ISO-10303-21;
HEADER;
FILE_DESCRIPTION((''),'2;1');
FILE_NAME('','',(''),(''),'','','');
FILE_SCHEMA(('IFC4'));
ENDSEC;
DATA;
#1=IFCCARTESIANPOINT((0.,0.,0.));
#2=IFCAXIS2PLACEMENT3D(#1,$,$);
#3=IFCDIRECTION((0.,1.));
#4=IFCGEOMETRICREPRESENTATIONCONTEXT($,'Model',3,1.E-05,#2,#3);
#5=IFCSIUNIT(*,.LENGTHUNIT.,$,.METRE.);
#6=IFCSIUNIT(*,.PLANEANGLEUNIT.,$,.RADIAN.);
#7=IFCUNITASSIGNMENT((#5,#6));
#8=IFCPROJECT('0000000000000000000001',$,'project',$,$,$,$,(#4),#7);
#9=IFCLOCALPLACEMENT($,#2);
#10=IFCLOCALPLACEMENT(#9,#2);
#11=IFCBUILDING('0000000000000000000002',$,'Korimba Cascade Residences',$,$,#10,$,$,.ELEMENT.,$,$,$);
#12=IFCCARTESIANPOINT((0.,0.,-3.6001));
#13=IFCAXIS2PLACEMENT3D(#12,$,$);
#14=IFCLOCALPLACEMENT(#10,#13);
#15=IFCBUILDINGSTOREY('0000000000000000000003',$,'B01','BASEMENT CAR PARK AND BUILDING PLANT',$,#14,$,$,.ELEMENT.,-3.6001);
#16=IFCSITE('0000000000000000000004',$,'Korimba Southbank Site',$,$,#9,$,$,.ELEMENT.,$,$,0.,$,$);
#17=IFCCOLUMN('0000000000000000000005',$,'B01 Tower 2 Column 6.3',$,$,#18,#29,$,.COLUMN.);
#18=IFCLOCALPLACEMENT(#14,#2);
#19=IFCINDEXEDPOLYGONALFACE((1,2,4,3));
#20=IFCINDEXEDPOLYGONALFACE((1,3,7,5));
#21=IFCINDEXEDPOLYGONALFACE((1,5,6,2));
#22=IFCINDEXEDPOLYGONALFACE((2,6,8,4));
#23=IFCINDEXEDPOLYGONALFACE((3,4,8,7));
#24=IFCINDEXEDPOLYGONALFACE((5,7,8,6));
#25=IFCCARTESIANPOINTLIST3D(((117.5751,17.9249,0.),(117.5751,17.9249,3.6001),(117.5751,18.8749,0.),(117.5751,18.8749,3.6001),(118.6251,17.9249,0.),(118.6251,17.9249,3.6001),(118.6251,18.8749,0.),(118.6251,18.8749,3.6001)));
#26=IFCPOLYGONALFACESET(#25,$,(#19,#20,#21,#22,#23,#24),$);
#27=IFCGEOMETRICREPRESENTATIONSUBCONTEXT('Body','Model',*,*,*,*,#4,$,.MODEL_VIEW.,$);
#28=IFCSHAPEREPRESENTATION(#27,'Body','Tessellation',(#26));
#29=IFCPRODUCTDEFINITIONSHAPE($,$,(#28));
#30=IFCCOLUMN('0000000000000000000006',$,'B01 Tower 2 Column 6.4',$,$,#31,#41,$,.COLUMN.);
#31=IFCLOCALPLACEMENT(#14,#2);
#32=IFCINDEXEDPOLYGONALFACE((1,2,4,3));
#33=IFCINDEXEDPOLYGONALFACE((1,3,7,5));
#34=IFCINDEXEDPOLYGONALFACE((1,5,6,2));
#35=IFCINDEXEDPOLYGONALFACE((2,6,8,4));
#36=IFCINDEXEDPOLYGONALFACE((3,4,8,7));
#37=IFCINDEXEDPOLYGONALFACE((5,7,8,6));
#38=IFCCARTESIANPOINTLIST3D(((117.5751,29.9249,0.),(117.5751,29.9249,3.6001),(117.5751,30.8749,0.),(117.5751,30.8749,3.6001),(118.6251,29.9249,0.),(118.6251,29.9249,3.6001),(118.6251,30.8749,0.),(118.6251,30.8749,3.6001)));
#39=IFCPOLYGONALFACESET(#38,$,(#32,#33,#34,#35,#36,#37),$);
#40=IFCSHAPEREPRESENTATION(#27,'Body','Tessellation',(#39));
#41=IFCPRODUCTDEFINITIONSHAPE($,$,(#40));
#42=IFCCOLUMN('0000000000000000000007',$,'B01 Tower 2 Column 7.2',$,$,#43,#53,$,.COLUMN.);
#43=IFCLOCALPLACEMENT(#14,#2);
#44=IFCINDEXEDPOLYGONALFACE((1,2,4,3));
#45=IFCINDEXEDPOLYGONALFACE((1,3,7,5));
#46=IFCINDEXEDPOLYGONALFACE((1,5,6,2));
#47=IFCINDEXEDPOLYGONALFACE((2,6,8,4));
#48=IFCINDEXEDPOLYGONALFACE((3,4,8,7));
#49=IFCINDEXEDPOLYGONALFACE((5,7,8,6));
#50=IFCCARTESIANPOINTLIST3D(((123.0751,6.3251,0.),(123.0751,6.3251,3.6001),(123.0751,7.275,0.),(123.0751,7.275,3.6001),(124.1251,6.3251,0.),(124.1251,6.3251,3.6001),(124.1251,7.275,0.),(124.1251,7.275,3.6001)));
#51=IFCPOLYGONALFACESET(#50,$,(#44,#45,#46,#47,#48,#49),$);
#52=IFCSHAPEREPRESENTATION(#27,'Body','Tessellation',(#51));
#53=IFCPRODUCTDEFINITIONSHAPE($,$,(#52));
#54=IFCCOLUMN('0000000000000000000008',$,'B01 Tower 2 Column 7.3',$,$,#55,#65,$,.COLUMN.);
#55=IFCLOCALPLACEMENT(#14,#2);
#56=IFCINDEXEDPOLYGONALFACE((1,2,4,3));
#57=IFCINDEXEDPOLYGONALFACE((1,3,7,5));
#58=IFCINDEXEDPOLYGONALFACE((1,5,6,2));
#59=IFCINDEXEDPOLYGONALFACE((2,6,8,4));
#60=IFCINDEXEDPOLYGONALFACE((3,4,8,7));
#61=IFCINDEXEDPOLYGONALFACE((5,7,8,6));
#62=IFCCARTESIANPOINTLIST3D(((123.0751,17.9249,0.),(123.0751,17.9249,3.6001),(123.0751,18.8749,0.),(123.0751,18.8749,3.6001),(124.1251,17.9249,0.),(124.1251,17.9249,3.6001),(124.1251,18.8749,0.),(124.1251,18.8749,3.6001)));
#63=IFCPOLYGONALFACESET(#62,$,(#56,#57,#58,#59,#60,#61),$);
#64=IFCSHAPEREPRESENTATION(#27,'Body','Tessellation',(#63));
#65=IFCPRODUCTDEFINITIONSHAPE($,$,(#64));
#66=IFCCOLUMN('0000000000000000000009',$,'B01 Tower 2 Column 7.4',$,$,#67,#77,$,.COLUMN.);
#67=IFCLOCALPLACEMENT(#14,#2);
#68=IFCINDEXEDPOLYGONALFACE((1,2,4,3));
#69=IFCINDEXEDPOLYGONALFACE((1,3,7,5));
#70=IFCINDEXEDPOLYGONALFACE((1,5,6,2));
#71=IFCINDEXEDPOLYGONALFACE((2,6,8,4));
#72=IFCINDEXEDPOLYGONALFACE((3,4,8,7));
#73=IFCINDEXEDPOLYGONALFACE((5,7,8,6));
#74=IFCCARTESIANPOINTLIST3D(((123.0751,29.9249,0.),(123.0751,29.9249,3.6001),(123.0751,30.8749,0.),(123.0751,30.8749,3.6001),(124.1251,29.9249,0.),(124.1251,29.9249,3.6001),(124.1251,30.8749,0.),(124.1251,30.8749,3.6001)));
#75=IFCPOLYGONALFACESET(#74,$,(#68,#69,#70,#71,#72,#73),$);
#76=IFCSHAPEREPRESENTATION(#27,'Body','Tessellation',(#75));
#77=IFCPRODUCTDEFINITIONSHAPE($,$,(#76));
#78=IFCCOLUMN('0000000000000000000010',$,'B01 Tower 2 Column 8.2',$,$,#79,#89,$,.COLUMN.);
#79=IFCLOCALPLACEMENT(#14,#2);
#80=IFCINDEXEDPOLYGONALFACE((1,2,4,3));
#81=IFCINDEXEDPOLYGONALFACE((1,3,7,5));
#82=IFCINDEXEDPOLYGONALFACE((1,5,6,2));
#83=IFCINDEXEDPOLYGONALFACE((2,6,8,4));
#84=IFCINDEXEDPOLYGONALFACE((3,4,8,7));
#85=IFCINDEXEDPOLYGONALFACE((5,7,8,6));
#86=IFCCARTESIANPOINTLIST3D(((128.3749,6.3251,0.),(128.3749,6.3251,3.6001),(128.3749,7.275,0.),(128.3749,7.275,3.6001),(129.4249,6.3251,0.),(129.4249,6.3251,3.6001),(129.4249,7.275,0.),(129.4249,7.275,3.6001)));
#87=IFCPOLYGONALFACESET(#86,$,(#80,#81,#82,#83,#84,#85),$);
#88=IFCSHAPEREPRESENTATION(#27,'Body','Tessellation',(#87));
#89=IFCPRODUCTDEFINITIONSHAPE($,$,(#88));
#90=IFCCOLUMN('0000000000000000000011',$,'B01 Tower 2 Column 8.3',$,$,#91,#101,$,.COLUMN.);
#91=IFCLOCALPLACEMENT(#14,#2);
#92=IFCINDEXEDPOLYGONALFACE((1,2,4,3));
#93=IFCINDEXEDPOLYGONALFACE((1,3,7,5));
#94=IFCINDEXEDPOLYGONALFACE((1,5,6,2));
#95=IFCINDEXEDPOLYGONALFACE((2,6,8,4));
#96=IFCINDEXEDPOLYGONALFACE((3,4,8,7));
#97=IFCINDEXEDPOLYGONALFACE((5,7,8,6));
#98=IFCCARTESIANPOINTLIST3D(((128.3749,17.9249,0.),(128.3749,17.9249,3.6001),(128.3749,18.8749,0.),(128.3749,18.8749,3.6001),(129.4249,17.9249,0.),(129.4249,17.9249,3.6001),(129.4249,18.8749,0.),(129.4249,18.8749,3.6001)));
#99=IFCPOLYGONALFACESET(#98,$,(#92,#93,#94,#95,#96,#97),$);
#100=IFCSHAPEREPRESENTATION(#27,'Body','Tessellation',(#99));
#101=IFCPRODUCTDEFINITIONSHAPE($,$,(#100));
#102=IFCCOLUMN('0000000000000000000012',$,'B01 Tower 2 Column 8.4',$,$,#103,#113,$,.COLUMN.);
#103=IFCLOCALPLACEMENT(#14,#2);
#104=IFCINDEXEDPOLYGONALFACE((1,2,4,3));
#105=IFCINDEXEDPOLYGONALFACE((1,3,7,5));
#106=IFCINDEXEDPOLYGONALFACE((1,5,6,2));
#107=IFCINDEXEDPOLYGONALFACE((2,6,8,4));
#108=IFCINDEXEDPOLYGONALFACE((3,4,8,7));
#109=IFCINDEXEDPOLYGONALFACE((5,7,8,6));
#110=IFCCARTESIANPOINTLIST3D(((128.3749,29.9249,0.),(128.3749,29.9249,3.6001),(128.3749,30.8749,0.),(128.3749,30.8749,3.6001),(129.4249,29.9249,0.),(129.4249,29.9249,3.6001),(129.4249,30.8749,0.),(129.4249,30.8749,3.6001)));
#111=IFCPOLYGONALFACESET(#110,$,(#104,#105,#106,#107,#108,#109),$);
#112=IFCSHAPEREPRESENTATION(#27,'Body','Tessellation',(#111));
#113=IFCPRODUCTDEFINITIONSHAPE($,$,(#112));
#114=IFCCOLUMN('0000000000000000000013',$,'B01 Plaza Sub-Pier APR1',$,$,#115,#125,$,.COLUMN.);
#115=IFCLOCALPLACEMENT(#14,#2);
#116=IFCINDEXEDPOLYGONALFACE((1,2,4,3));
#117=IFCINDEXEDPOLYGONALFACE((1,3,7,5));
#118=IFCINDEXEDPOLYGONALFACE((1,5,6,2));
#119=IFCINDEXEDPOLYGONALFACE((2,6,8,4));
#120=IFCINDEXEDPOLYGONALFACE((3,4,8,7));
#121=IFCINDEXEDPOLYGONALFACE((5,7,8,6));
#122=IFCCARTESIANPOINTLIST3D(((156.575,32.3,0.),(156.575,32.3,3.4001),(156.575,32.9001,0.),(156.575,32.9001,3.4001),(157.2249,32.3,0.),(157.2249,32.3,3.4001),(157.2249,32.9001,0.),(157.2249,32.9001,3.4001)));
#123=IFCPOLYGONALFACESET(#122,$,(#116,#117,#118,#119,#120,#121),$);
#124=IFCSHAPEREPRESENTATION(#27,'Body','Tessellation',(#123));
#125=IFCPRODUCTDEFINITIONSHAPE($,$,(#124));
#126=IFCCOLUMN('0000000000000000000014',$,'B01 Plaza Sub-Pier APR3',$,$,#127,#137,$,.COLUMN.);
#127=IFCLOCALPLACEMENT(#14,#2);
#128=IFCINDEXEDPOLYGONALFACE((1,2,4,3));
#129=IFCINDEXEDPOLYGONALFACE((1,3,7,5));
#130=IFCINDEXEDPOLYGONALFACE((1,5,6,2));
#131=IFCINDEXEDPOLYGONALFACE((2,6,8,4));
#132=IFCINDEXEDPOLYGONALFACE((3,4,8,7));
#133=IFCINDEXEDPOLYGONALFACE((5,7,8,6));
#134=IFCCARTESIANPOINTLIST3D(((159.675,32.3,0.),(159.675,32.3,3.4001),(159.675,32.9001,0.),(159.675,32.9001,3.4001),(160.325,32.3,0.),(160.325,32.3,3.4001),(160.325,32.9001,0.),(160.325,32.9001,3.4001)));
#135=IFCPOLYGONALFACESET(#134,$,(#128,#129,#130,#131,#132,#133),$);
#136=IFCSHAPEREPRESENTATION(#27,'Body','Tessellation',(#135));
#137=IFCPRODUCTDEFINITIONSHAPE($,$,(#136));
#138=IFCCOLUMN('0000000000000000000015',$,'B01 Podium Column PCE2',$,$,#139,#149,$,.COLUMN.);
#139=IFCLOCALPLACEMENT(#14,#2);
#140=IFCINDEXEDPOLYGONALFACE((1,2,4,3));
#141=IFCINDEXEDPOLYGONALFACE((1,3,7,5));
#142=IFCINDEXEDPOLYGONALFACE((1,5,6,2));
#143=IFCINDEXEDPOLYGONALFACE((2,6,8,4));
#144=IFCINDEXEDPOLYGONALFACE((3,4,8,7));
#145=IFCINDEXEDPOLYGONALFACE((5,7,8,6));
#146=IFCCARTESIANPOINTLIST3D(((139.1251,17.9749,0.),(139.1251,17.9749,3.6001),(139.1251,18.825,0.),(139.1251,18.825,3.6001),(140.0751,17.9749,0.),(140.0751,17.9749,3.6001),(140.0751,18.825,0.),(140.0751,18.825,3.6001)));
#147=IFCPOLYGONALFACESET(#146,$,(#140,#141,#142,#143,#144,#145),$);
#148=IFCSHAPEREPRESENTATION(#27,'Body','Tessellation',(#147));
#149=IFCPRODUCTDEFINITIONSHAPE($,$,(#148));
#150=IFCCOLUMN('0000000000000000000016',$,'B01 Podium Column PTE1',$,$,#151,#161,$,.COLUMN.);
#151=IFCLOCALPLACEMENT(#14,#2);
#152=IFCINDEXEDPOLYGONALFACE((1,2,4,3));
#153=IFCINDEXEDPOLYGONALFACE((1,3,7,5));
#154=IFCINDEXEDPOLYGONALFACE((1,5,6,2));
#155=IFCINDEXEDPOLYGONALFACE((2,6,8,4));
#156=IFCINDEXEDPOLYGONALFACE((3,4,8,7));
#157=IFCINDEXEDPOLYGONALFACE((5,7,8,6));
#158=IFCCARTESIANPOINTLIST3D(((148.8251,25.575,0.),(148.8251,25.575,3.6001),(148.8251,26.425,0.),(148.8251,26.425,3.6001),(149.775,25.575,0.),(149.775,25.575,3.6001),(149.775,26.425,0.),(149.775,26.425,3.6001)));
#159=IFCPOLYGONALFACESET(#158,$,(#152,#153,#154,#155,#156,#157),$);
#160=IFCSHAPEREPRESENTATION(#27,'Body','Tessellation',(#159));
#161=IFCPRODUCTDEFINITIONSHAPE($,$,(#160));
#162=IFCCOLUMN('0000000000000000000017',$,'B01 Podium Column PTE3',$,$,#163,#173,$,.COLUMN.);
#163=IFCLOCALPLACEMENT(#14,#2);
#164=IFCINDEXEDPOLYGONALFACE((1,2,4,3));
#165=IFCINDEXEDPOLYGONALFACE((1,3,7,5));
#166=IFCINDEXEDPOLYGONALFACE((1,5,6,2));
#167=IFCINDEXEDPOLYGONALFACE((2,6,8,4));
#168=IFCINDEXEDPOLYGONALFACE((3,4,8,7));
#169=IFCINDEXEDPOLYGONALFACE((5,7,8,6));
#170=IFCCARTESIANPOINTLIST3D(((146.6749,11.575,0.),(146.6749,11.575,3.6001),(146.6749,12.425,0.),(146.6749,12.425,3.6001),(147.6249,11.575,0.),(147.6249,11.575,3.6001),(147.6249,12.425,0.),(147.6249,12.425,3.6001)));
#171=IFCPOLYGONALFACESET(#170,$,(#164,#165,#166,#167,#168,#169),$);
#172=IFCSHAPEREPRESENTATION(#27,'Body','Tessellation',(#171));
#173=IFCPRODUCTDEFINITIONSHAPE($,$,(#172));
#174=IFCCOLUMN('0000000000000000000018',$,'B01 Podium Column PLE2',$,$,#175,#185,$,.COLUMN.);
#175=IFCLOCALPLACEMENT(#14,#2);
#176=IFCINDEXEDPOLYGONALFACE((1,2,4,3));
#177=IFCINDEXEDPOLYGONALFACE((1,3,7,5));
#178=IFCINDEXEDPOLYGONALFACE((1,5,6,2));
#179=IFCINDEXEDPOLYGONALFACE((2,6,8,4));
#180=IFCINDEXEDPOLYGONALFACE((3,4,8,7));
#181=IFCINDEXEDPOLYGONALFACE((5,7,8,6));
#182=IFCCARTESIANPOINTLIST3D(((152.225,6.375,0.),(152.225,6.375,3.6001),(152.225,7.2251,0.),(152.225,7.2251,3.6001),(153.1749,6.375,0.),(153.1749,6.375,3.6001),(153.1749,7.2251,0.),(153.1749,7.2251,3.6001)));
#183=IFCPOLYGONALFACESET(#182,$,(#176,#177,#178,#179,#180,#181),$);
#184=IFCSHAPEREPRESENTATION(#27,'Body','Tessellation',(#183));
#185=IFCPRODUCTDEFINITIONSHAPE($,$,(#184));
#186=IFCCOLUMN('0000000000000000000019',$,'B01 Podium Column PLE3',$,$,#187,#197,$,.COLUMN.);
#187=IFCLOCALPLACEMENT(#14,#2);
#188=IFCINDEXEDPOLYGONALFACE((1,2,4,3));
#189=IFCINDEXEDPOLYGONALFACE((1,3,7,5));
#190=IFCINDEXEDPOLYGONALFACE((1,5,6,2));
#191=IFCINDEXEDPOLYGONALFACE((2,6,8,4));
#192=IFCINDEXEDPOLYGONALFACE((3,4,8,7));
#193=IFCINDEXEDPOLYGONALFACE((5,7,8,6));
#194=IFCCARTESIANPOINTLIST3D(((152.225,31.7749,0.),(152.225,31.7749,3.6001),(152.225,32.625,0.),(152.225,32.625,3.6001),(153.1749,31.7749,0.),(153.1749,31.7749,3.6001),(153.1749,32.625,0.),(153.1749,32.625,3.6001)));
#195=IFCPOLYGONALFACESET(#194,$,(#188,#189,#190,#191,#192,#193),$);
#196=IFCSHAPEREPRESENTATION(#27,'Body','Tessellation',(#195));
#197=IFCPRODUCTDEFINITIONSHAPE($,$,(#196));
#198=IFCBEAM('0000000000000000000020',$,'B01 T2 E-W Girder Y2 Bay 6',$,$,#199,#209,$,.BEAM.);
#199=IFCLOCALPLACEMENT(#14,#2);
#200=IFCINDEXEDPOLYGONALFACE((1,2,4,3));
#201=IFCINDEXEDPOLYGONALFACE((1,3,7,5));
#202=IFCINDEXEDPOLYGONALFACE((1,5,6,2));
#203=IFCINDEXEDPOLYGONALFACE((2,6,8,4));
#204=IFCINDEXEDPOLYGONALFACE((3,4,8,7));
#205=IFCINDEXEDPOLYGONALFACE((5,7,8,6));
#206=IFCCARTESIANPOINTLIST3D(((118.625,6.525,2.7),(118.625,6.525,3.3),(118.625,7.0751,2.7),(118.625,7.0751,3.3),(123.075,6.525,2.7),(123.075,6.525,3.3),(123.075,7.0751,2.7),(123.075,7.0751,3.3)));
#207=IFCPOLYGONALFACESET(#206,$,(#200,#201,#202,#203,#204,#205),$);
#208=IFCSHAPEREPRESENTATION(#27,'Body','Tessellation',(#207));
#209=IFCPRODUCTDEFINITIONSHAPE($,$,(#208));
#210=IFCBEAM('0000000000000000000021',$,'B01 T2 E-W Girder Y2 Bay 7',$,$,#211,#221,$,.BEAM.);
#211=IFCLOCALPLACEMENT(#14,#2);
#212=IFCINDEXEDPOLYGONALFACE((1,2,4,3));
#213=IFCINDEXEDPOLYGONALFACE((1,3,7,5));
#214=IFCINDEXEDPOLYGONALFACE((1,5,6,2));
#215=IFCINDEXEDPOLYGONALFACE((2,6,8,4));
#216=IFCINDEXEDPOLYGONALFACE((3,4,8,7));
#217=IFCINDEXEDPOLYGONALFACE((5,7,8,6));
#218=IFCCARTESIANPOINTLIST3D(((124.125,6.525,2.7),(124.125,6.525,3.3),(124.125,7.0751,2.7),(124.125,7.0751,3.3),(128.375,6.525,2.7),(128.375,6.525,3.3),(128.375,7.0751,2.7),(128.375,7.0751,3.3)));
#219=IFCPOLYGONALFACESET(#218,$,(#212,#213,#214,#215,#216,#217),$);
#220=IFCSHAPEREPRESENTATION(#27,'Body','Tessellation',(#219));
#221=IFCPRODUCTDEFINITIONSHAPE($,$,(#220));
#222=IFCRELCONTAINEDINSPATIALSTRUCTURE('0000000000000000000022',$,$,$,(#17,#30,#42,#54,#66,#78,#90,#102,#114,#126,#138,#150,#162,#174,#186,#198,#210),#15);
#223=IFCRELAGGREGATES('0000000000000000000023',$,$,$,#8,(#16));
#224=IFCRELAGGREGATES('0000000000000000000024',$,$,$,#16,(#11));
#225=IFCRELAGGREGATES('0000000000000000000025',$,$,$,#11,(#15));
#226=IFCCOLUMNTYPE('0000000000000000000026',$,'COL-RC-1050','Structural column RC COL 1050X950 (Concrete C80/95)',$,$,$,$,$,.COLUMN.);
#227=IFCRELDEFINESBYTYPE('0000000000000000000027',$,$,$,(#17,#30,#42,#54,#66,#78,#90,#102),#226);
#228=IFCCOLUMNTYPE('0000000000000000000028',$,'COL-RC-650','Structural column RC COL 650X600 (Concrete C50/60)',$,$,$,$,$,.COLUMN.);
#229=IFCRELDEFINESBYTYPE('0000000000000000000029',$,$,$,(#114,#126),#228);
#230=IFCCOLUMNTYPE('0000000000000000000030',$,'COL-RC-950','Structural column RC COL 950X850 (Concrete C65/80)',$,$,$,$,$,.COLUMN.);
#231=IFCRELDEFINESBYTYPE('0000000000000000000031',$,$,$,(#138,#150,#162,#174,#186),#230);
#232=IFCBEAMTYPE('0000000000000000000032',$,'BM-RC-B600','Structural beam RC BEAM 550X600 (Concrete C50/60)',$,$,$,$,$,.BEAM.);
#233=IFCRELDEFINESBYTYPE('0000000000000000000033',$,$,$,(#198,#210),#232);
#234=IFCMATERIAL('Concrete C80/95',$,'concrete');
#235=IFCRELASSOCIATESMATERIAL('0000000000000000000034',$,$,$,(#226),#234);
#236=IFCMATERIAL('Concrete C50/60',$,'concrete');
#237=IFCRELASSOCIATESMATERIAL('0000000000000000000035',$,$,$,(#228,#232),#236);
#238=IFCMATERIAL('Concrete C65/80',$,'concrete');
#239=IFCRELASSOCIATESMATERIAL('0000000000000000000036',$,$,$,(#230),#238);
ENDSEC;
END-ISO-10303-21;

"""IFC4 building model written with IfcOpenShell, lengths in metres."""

from ifc_helpers import new_model, si_unit, direction, frame, origin, origin_2d, place, context, subcontext, project, spatial, rectangle, extrude, material, material_profile, profile_set, type_object, element, save


model = new_model("IFC4")

# Units and contexts
model_context = context("Model", 3, precision=1e-05, world=origin(), true_north=direction((0.0, 1.0)))
body_context = subcontext(model_context, "Body", "Model", "MODEL_VIEW")
ifc_project = project(units=[si_unit("LENGTHUNIT", "METRE"), si_unit("PLANEANGLEUNIT", "RADIAN")], contexts=[model_context])

# Site, building, storey
site_placement = place(None, origin())
site = spatial("IfcSite", under=ifc_project, at=site_placement, Name="Korimba Southbank Site", CompositionType="ELEMENT", RefElevation=0.0)
building_placement = place(site_placement, origin())
building = spatial("IfcBuilding", under=site, at=building_placement, Name="Korimba Cascade Residences", CompositionType="ELEMENT")
storey_placement = place(building_placement, frame((0.0, 0.0, -3.6001)))
storey = spatial("IfcBuildingStorey", under=building, at=storey_placement, Name="B01", Description="BASEMENT CAR PARK AND BUILDING PLANT", CompositionType="ELEMENT", Elevation=-3.6001)

# Columns
ifc_material_1 = material(Name="Concrete C80/95", Category="concrete")
ifc_material_profile_1 = material_profile(ifc_material_1, rectangle(XDim=1.05, YDim=0.95, at=origin_2d()), Name="Concrete C80/95")
ifc_profile_set_1 = profile_set([ifc_material_profile_1], Name="Concrete C80/95")
column_type_1 = type_object("IfcColumnType", Name="COL-RC-1050", Description="Structural column RC COL 1050X950 (Concrete C80/95)", PredefinedType="COLUMN", material=ifc_profile_set_1)
for number, where, z_axis, x_axis, name in (
    (1, (118.1001, 18.3999, 0.0), (0.0, 0.0, 1.0), (1.0, 0.0, 0.0), "B01 Tower 2 Column 6.3"),
    (2, (118.1001, 30.3999, 0.0), (0.0, 0.0, 1.0), (1.0, 0.0, 0.0), "B01 Tower 2 Column 6.4"),
    (3, (123.6001, 6.8, 0.0), (0.0, 0.0, 1.0), (1.0, 0.0, 0.0), "B01 Tower 2 Column 7.2"),
    (4, (123.6001, 18.3999, 0.0), (0.0, 0.0, 1.0), (1.0, 0.0, 0.0), "B01 Tower 2 Column 7.3"),
    (5, (123.6001, 30.3999, 0.0), (0.0, 0.0, 1.0), (1.0, 0.0, 0.0), "B01 Tower 2 Column 7.4"),
    (6, (128.8999, 6.8, 0.0), (0.0, 0.0, 1.0), (1.0, 0.0, 0.0), "B01 Tower 2 Column 8.2"),
    (7, (128.8999, 18.3999, 0.0), (0.0, 0.0, 1.0), (1.0, 0.0, 0.0), "B01 Tower 2 Column 8.3"),
    (8, (128.8999, 30.3999, 0.0), (0.0, 0.0, 1.0), (1.0, 0.0, 0.0), "B01 Tower 2 Column 8.4"),
):
    element("IfcColumn", number, at=place(storey_placement, frame(where, z_axis=z_axis, x_axis=x_axis)), inside=storey, type_object=column_type_1, Name=name, PredefinedType="COLUMN", context=body_context, shape_type="SweptSolid", body=[
        extrude(rectangle(XDim=1.05, YDim=0.95, at=origin_2d()), origin(), (0.0, 0.0, 1.0), 3.6001),
    ])
ifc_material_2 = material(Name="Concrete C50/60", Category="concrete")
ifc_material_profile_2 = material_profile(ifc_material_2, rectangle(XDim=0.6499, YDim=0.6001, at=origin_2d()), Name="Concrete C50/60")
ifc_profile_set_2 = profile_set([ifc_material_profile_2], Name="Concrete C50/60")
column_type_2 = type_object("IfcColumnType", Name="COL-RC-650", Description="Structural column RC COL 650X600 (Concrete C50/60)", PredefinedType="COLUMN", material=ifc_profile_set_2)
for number, where, z_axis, x_axis, name in (
    (9, (156.8999, 32.6001, 0.0), (0.0, 0.0, 1.0), (1.0, 0.0, 0.0), "B01 Plaza Sub-Pier APR1"),
    (10, (160.0, 32.6001, 0.0), (0.0, 0.0, 1.0), (1.0, 0.0, 0.0), "B01 Plaza Sub-Pier APR3"),
):
    element("IfcColumn", number, at=place(storey_placement, frame(where, z_axis=z_axis, x_axis=x_axis)), inside=storey, type_object=column_type_2, Name=name, PredefinedType="COLUMN", context=body_context, shape_type="SweptSolid", body=[
        extrude(rectangle(XDim=0.6499, YDim=0.6001, at=origin_2d()), origin(), (0.0, 0.0, 1.0), 3.4001),
    ])
ifc_material_3 = material(Name="Concrete C65/80", Category="concrete")
ifc_material_profile_3 = material_profile(ifc_material_3, rectangle(XDim=0.95, YDim=0.8501, at=origin_2d()), Name="Concrete C65/80")
ifc_profile_set_3 = profile_set([ifc_material_profile_3], Name="Concrete C65/80")
column_type_3 = type_object("IfcColumnType", Name="COL-RC-950", Description="Structural column RC COL 950X850 (Concrete C65/80)", PredefinedType="COLUMN", material=ifc_profile_set_3)
for number, where, z_axis, x_axis, name in (
    (11, (139.6001, 18.3999, 0.0), (0.0, 0.0, 1.0), (1.0, 0.0, 0.0), "B01 Podium Column PCE2"),
    (12, (149.3, 26.0, 0.0), (0.0, 0.0, 1.0), (1.0, 0.0, 0.0), "B01 Podium Column PTE1"),
    (13, (147.1499, 12.0, 0.0), (0.0, 0.0, 1.0), (1.0, 0.0, 0.0), "B01 Podium Column PTE3"),
    (14, (152.7, 6.8, 0.0), (0.0, 0.0, 1.0), (1.0, 0.0, 0.0), "B01 Podium Column PLE2"),
    (15, (152.7, 32.2, 0.0), (0.0, 0.0, 1.0), (1.0, 0.0, 0.0), "B01 Podium Column PLE3"),
):
    element("IfcColumn", number, at=place(storey_placement, frame(where, z_axis=z_axis, x_axis=x_axis)), inside=storey, type_object=column_type_3, Name=name, PredefinedType="COLUMN", context=body_context, shape_type="SweptSolid", body=[
        extrude(rectangle(XDim=0.95, YDim=0.8501, at=origin_2d()), origin(), (0.0, 0.0, 1.0), 3.6001),
    ])

# Beams
ifc_material_profile_4 = material_profile(ifc_material_2, rectangle(XDim=0.55, YDim=0.6001, at=origin_2d()), Name="Concrete C50/60")
ifc_profile_set_4 = profile_set([ifc_material_profile_4], Name="Concrete C50/60")
beam_type_1 = type_object("IfcBeamType", Name="BM-RC-B600", Description="Structural beam RC BEAM 550X600 (Concrete C50/60)", PredefinedType="BEAM", material=ifc_profile_set_4)
beam_1_placement = place(storey_placement, frame((118.625, 6.8, 3.0), z_axis=(1.0, 0.0, 0.0), x_axis=(0.0, 1.0, 0.0)))
element("IfcBeam", 16, at=beam_1_placement, inside=storey, type_object=beam_type_1, Name="B01 T2 E-W Girder Y2 Bay 6", PredefinedType="BEAM", context=body_context, shape_type="SweptSolid", body=[
    extrude(rectangle(XDim=0.55, YDim=0.6001, at=origin_2d()), origin(), (0.0, 0.0, 1.0), 4.45),
])
beam_2_placement = place(storey_placement, frame((124.125, 6.8, 3.0), z_axis=(1.0, 0.0, 0.0), x_axis=(0.0, 1.0, 0.0)))
element("IfcBeam", 17, at=beam_2_placement, inside=storey, type_object=beam_type_1, Name="B01 T2 E-W Girder Y2 Bay 7", PredefinedType="BEAM", context=body_context, shape_type="SweptSolid", body=[
    extrude(rectangle(XDim=0.55, YDim=0.6001, at=origin_2d()), origin(), (0.0, 0.0, 1.0), 4.25),
])

save(model, "model.ifc")
